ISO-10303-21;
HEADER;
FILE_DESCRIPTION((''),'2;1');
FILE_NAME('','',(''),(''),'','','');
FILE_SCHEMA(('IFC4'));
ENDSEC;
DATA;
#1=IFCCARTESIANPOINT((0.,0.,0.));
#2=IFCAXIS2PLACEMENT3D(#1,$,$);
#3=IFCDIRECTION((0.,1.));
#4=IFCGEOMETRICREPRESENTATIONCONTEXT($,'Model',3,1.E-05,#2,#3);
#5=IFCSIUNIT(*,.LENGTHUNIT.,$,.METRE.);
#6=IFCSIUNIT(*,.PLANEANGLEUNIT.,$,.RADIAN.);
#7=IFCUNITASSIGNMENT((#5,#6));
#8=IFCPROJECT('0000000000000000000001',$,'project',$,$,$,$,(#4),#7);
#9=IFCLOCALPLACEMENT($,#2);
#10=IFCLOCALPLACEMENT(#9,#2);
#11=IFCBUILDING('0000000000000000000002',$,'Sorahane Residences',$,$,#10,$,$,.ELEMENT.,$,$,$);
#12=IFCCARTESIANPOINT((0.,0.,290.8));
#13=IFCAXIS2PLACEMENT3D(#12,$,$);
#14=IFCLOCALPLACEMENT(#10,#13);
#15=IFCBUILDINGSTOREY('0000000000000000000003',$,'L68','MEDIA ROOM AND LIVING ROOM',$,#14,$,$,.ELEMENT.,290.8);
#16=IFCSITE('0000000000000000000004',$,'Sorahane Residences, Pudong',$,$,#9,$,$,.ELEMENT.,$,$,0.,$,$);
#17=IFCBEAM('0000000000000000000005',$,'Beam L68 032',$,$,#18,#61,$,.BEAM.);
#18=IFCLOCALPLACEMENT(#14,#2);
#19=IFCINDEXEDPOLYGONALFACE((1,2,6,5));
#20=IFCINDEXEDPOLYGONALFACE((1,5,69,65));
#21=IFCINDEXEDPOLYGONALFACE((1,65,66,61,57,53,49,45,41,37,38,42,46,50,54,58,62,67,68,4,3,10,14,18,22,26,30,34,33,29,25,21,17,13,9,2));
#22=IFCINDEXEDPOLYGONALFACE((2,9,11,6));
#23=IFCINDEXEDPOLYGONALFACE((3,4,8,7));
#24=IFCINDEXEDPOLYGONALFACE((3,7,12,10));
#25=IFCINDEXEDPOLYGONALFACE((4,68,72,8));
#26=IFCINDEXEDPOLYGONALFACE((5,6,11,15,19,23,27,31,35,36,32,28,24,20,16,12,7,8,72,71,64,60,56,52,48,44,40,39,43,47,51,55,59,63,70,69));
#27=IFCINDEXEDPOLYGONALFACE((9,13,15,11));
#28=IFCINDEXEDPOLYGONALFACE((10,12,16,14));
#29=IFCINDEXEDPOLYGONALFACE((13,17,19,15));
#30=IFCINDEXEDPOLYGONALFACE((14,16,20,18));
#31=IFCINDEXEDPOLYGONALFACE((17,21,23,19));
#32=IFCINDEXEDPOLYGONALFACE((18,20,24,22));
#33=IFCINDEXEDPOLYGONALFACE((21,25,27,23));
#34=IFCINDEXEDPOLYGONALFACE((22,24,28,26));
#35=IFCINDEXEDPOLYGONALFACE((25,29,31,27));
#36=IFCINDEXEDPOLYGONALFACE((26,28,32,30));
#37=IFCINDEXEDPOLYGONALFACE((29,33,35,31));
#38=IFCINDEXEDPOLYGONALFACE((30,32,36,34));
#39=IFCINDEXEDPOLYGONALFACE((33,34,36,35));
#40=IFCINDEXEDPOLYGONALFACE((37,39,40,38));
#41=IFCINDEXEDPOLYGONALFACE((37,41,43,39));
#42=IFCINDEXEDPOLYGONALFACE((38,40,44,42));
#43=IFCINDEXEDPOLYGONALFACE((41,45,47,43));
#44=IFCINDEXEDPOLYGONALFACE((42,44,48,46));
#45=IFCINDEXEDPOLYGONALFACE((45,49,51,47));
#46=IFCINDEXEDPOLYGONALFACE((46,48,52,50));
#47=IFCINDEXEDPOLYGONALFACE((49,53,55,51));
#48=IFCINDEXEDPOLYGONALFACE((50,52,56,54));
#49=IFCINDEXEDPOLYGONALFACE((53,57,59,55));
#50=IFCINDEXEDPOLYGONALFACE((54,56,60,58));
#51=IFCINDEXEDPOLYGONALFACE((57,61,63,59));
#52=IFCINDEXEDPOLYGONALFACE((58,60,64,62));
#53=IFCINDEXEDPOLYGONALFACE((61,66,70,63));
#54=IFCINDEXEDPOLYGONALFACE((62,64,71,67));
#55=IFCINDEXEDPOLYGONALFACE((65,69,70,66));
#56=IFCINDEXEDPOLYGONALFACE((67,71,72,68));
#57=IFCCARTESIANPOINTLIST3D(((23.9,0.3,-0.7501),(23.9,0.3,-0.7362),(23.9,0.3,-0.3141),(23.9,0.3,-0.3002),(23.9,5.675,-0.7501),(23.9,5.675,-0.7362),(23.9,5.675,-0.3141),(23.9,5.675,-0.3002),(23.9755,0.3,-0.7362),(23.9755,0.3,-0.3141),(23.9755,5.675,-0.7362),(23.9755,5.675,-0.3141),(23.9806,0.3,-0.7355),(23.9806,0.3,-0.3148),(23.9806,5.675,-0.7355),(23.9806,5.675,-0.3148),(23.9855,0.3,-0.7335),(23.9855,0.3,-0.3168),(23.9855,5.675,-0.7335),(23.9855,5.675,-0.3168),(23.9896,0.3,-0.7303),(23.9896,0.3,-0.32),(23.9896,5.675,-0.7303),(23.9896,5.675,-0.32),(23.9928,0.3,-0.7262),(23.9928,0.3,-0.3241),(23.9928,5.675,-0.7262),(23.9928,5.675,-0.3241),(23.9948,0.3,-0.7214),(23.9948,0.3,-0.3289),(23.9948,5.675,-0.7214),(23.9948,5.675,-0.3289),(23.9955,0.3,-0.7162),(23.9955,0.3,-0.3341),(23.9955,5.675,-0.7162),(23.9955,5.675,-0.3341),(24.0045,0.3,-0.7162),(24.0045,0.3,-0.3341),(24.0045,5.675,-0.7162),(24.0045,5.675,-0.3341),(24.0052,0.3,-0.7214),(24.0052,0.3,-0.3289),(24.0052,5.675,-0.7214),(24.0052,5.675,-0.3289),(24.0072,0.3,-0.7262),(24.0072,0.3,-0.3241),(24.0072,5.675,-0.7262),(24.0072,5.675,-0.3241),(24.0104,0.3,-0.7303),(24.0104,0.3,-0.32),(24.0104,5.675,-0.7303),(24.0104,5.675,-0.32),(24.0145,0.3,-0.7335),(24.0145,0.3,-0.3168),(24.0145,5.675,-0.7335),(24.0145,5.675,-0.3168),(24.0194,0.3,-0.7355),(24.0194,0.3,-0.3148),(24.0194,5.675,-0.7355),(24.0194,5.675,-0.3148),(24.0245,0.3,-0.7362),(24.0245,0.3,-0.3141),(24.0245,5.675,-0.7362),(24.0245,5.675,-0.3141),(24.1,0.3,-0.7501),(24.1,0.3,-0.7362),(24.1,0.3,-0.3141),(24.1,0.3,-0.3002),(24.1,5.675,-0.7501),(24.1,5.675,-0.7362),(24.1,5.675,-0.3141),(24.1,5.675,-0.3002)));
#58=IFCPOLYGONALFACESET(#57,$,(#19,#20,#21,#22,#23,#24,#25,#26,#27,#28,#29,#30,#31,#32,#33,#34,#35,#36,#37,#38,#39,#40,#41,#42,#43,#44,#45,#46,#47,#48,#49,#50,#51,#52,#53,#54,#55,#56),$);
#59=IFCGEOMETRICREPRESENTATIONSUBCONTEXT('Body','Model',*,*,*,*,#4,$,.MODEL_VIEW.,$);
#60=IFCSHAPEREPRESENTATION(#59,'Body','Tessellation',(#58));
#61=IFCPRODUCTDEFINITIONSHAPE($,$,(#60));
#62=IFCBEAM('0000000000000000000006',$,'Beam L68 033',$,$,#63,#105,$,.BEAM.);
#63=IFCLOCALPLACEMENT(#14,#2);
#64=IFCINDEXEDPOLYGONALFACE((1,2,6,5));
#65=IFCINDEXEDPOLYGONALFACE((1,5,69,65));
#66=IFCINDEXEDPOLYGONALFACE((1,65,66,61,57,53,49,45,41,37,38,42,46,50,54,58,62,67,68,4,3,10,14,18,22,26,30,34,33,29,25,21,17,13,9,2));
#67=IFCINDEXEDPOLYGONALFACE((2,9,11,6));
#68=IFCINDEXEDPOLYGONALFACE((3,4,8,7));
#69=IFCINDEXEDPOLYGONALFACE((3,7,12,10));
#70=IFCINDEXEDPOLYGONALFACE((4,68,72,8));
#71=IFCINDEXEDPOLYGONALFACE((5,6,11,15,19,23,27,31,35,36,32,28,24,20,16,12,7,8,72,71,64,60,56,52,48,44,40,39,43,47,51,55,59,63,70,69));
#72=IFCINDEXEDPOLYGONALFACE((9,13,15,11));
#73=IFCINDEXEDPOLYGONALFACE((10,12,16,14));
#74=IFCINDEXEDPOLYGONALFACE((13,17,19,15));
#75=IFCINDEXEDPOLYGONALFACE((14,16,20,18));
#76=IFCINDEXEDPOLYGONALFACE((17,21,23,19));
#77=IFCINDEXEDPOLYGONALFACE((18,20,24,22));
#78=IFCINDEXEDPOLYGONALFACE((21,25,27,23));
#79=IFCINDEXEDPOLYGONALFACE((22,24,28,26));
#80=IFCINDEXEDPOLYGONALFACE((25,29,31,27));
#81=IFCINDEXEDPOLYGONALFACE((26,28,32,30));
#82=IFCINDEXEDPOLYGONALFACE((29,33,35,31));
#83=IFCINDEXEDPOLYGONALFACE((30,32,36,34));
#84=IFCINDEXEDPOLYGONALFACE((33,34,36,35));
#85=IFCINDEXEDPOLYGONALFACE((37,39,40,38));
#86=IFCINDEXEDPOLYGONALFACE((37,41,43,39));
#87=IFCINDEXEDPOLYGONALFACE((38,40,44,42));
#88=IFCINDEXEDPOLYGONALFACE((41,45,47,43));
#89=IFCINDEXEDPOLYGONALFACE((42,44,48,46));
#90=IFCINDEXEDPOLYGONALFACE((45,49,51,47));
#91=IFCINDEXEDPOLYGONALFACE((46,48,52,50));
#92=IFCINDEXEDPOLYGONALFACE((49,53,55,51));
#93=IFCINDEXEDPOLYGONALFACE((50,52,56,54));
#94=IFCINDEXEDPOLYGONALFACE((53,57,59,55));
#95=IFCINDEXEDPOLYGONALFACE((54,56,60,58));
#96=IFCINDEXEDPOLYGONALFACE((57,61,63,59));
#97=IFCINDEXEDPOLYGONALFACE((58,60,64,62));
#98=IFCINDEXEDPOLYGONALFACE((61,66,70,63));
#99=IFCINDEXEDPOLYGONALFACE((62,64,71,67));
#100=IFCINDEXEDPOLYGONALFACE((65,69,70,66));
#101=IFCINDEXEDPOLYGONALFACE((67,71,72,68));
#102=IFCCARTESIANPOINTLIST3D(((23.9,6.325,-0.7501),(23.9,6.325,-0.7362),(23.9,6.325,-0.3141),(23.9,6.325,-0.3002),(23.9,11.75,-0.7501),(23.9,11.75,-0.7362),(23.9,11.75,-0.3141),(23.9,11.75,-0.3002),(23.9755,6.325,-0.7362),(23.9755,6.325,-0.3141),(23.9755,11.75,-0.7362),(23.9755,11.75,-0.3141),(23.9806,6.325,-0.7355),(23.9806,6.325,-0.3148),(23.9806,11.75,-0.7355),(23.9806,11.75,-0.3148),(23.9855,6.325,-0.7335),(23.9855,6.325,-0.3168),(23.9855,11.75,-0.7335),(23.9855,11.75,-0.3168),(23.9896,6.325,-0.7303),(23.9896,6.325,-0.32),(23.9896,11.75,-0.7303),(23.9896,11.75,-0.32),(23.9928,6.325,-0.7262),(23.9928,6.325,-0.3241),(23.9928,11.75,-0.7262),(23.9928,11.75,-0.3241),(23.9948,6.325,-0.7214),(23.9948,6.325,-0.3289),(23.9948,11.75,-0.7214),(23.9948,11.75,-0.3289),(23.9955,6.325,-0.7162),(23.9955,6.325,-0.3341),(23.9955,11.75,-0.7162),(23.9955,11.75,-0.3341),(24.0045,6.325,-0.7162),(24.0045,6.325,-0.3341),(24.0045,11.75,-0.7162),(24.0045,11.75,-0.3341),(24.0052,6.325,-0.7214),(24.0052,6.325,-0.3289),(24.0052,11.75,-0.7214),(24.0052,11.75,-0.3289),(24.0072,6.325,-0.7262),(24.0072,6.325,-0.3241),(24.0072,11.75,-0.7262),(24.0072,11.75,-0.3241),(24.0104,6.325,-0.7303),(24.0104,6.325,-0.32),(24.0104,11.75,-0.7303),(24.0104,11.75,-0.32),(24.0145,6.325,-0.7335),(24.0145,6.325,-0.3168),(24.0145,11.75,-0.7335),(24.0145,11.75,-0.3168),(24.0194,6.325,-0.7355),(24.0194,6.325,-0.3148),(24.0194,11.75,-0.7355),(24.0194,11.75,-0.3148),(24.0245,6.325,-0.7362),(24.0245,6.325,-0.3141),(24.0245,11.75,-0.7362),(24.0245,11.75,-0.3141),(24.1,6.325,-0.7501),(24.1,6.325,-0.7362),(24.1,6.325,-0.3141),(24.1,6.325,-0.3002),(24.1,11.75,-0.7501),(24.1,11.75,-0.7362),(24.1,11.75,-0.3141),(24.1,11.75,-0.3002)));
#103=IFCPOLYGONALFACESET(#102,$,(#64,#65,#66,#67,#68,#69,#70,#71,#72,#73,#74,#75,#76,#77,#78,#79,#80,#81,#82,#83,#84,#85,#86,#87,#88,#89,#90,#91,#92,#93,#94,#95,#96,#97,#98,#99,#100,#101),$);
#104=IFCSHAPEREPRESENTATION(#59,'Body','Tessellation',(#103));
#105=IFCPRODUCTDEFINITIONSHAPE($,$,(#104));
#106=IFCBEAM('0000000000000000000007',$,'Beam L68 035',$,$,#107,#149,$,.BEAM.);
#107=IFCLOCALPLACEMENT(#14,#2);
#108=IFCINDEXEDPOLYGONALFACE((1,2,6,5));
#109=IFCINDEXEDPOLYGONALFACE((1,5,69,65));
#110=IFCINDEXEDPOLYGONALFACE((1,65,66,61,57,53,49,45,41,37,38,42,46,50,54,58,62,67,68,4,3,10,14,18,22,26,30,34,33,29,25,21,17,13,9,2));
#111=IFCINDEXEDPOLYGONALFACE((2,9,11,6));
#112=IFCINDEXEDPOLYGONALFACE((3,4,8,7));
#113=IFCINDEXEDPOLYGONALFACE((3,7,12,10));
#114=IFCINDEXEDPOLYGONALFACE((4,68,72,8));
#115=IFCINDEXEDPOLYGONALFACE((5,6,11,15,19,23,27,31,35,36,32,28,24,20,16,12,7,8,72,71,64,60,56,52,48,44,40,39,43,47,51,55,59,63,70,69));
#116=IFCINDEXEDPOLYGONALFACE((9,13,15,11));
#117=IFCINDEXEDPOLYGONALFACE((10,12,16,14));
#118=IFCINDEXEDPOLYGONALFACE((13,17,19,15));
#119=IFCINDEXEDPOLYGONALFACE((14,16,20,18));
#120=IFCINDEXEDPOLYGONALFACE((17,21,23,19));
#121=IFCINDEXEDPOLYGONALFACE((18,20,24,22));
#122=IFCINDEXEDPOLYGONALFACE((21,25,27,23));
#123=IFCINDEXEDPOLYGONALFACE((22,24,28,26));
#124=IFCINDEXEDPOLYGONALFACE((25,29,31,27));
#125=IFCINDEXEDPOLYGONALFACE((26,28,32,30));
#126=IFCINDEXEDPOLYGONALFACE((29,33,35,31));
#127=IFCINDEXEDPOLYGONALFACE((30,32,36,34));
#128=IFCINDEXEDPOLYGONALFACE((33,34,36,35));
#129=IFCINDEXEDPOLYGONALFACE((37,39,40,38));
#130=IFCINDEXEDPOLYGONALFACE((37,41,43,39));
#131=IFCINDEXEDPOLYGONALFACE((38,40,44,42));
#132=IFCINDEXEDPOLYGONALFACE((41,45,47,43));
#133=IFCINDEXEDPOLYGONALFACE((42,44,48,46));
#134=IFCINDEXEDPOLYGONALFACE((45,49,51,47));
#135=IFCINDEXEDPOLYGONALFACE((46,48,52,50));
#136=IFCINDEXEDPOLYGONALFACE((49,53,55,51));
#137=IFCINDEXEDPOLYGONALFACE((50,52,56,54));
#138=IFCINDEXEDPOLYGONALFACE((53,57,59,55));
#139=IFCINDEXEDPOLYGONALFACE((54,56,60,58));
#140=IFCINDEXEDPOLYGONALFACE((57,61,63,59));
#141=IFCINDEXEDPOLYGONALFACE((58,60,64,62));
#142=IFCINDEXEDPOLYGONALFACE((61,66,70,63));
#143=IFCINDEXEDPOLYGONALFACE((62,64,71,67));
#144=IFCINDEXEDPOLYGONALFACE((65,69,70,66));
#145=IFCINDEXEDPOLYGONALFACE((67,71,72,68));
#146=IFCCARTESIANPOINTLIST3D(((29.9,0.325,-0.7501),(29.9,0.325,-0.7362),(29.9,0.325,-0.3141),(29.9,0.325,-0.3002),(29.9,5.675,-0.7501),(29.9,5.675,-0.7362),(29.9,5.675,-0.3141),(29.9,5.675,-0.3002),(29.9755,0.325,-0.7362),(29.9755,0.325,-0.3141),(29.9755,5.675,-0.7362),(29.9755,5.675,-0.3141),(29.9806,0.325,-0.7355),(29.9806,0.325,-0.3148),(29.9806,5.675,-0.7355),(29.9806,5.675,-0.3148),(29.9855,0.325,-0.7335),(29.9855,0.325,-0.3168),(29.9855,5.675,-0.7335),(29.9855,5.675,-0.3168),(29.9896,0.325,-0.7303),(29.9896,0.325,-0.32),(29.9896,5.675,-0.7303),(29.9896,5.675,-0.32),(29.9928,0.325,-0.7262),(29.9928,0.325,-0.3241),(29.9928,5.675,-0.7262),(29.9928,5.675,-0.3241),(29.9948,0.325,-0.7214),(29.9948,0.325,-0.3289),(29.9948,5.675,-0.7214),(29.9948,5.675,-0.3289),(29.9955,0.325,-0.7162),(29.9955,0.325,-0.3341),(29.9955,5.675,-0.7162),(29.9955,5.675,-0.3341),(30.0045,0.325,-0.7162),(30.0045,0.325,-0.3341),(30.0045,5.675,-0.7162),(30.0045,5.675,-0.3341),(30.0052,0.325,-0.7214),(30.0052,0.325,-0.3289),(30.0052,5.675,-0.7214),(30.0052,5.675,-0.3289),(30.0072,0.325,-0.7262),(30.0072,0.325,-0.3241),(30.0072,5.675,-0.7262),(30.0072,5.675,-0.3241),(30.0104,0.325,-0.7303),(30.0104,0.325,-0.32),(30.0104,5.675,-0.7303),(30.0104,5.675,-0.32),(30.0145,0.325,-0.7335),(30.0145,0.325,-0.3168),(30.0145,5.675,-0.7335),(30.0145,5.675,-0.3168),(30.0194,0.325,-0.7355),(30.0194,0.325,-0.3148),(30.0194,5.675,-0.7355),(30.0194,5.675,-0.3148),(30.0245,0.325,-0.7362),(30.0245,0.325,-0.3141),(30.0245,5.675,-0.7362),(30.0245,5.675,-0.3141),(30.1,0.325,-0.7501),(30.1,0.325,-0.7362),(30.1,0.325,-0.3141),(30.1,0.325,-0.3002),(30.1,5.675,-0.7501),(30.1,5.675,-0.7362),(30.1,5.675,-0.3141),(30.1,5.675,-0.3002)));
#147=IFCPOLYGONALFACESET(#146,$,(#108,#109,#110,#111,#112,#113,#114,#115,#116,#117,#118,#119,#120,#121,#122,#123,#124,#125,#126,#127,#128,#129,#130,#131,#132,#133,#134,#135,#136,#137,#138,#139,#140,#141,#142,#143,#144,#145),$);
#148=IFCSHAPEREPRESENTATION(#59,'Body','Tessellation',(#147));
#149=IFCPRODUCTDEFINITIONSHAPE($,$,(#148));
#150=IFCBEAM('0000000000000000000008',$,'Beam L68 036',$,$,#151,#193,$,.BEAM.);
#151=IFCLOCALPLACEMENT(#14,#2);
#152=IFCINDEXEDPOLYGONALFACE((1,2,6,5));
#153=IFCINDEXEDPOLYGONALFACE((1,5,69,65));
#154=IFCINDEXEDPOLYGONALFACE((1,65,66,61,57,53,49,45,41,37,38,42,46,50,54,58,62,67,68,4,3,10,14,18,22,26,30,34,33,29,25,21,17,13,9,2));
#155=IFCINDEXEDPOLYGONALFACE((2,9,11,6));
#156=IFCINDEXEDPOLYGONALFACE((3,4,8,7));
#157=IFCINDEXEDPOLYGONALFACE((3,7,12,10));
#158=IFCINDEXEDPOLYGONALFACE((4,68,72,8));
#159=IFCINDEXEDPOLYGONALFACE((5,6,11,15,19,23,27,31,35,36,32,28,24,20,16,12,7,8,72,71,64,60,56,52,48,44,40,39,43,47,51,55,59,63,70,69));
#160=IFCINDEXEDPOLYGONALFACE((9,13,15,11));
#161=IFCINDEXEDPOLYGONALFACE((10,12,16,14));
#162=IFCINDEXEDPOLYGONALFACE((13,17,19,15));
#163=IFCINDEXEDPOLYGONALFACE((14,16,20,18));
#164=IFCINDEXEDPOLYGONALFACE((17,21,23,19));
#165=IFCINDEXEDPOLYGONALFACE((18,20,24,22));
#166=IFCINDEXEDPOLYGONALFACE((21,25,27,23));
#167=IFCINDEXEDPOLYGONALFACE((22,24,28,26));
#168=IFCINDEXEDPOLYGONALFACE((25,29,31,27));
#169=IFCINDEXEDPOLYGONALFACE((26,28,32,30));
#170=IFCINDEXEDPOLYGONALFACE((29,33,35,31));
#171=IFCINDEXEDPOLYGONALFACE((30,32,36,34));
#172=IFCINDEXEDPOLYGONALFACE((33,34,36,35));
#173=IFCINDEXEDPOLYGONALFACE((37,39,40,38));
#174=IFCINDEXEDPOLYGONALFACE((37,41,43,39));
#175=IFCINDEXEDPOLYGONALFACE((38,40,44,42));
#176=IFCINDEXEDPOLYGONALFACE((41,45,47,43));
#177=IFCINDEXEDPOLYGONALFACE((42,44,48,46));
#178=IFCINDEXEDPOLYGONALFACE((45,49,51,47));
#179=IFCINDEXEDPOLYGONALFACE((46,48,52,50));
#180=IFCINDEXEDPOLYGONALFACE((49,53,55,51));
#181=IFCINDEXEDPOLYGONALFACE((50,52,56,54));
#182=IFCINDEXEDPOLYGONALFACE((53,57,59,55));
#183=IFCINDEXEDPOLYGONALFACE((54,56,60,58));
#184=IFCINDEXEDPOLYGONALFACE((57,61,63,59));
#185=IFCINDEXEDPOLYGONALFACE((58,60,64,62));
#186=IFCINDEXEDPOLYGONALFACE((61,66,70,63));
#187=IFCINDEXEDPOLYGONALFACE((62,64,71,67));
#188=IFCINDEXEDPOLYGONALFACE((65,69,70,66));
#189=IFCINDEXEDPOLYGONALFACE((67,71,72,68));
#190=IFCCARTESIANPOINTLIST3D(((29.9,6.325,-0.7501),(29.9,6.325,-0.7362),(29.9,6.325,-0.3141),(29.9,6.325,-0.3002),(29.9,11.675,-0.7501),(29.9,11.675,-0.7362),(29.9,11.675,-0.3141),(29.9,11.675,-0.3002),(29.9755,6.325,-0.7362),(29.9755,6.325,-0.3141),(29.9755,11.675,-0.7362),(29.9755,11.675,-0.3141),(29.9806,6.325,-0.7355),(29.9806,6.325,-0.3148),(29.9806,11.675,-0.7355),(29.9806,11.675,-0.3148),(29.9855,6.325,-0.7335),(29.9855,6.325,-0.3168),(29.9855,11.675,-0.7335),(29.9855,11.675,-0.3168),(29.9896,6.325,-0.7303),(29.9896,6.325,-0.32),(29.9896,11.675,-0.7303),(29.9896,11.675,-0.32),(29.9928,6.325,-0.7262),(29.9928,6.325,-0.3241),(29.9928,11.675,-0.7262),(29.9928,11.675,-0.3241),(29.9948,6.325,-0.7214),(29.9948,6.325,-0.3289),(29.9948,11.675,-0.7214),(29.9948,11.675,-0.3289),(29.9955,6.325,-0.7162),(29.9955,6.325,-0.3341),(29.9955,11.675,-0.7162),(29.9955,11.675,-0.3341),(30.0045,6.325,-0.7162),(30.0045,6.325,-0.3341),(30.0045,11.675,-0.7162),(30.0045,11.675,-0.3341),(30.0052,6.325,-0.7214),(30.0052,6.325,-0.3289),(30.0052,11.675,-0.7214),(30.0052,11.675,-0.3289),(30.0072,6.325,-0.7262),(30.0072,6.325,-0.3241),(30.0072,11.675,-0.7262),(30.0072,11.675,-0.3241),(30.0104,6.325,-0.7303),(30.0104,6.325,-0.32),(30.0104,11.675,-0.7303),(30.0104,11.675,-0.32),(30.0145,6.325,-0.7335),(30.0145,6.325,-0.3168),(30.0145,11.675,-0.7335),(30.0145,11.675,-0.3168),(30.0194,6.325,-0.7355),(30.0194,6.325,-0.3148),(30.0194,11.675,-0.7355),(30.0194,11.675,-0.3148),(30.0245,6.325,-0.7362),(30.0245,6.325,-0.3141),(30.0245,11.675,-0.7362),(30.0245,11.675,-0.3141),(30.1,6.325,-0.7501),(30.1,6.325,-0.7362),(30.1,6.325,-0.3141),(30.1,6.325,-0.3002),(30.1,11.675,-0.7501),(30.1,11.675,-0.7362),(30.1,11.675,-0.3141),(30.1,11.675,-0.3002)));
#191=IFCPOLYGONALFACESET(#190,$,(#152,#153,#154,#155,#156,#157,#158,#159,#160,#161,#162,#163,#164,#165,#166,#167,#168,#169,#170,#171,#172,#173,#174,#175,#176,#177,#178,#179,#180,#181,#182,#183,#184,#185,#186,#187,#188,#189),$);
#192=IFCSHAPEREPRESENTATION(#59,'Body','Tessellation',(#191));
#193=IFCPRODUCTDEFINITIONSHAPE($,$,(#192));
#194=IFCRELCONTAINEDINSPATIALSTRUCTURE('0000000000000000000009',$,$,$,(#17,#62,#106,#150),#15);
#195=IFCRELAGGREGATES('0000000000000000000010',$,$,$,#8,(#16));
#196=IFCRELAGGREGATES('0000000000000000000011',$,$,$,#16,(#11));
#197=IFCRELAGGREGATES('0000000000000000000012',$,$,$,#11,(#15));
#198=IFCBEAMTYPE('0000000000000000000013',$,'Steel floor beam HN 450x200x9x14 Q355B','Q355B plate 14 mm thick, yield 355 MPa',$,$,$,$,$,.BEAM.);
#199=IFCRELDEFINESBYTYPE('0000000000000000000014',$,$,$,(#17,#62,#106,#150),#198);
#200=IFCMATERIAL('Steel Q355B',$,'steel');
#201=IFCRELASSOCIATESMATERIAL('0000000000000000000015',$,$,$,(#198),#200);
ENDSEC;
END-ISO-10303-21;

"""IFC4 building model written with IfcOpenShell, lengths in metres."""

from ifc_helpers import new_model, si_unit, direction, frame, origin, origin_2d, place, context, subcontext, project, spatial, i_section, extrude, material, material_profile, profile_set, type_object, element, save


model = new_model("IFC4")

# Units and contexts
model_context = context("Model", 3, precision=1e-05, world=origin(), true_north=direction((0.0, 1.0)))
body_context = subcontext(model_context, "Body", "Model", "MODEL_VIEW")
ifc_project = project(units=[si_unit("LENGTHUNIT", "METRE"), si_unit("PLANEANGLEUNIT", "RADIAN")], contexts=[model_context])

# Site, building, storey
site_placement = place(None, origin())
site = spatial("IfcSite", under=ifc_project, at=site_placement, Name="Sorahane Residences, Pudong", CompositionType="ELEMENT", RefElevation=0.0)
building_placement = place(site_placement, origin())
building = spatial("IfcBuilding", under=site, at=building_placement, Name="Sorahane Residences", CompositionType="ELEMENT")
storey_placement = place(building_placement, frame((0.0, 0.0, 290.8)))
storey = spatial("IfcBuildingStorey", under=building, at=storey_placement, Name="L68", Description="MEDIA ROOM AND LIVING ROOM", CompositionType="ELEMENT", Elevation=290.8)

# Beams
ifc_material_1 = material(Name="Steel Q355B", Category="steel")
ifc_material_profile_1 = material_profile(ifc_material_1, i_section(OverallWidth=0.2, OverallDepth=0.45, WebThickness=0.009, FlangeThickness=0.0139, FilletRadius=0.02, at=origin_2d()), Name="HN 450x200x9x14")
ifc_profile_set_1 = profile_set([ifc_material_profile_1], Name="Steel Q355B")
beam_type = type_object("IfcBeamType", Name="Steel floor beam HN 450x200x9x14 Q355B", Description="Q355B plate 14 mm thick, yield 355 MPa", PredefinedType="BEAM", material=ifc_profile_set_1)
beam_1_placement = place(storey_placement, frame((24.0, 0.3, -0.5251), z_axis=(0.0, 1.0, 0.0), x_axis=(-1.0, 0.0, 0.0)))
element("IfcBeam", 1, at=beam_1_placement, inside=storey, type_object=beam_type, Name="Beam L68 032", PredefinedType="BEAM", context=body_context, shape_type="SweptSolid", body=[
    extrude(i_section(OverallWidth=0.2, OverallDepth=0.45, WebThickness=0.009, FlangeThickness=0.0139, FilletRadius=0.02, at=origin_2d()), origin(), (0.0, 0.0, 1.0), 5.375),
])
beam_2_placement = place(storey_placement, frame((24.0, 6.325, -0.5251), z_axis=(0.0, 1.0, 0.0), x_axis=(-1.0, 0.0, 0.0)))
element("IfcBeam", 2, at=beam_2_placement, inside=storey, type_object=beam_type, Name="Beam L68 033", PredefinedType="BEAM", context=body_context, shape_type="SweptSolid", body=[
    extrude(i_section(OverallWidth=0.2, OverallDepth=0.45, WebThickness=0.009, FlangeThickness=0.0139, FilletRadius=0.02, at=origin_2d()), origin(), (0.0, 0.0, 1.0), 5.425),
])
for number, where, z_axis, x_axis, name in (
    (3, (30.0, 0.325, -0.5251), (0.0, 1.0, 0.0), (-1.0, 0.0, 0.0), "Beam L68 035"),
    (4, (30.0, 6.325, -0.5251), (0.0, 1.0, 0.0), (-1.0, 0.0, 0.0), "Beam L68 036"),
):
    element("IfcBeam", number, at=place(storey_placement, frame(where, z_axis=z_axis, x_axis=x_axis)), inside=storey, type_object=beam_type, Name=name, PredefinedType="BEAM", context=body_context, shape_type="SweptSolid", body=[
        extrude(i_section(OverallWidth=0.2, OverallDepth=0.45, WebThickness=0.009, FlangeThickness=0.0139, FilletRadius=0.02, at=origin_2d()), origin(), (0.0, 0.0, 1.0), 5.3501),
    ])

save(model, "model.ifc")
